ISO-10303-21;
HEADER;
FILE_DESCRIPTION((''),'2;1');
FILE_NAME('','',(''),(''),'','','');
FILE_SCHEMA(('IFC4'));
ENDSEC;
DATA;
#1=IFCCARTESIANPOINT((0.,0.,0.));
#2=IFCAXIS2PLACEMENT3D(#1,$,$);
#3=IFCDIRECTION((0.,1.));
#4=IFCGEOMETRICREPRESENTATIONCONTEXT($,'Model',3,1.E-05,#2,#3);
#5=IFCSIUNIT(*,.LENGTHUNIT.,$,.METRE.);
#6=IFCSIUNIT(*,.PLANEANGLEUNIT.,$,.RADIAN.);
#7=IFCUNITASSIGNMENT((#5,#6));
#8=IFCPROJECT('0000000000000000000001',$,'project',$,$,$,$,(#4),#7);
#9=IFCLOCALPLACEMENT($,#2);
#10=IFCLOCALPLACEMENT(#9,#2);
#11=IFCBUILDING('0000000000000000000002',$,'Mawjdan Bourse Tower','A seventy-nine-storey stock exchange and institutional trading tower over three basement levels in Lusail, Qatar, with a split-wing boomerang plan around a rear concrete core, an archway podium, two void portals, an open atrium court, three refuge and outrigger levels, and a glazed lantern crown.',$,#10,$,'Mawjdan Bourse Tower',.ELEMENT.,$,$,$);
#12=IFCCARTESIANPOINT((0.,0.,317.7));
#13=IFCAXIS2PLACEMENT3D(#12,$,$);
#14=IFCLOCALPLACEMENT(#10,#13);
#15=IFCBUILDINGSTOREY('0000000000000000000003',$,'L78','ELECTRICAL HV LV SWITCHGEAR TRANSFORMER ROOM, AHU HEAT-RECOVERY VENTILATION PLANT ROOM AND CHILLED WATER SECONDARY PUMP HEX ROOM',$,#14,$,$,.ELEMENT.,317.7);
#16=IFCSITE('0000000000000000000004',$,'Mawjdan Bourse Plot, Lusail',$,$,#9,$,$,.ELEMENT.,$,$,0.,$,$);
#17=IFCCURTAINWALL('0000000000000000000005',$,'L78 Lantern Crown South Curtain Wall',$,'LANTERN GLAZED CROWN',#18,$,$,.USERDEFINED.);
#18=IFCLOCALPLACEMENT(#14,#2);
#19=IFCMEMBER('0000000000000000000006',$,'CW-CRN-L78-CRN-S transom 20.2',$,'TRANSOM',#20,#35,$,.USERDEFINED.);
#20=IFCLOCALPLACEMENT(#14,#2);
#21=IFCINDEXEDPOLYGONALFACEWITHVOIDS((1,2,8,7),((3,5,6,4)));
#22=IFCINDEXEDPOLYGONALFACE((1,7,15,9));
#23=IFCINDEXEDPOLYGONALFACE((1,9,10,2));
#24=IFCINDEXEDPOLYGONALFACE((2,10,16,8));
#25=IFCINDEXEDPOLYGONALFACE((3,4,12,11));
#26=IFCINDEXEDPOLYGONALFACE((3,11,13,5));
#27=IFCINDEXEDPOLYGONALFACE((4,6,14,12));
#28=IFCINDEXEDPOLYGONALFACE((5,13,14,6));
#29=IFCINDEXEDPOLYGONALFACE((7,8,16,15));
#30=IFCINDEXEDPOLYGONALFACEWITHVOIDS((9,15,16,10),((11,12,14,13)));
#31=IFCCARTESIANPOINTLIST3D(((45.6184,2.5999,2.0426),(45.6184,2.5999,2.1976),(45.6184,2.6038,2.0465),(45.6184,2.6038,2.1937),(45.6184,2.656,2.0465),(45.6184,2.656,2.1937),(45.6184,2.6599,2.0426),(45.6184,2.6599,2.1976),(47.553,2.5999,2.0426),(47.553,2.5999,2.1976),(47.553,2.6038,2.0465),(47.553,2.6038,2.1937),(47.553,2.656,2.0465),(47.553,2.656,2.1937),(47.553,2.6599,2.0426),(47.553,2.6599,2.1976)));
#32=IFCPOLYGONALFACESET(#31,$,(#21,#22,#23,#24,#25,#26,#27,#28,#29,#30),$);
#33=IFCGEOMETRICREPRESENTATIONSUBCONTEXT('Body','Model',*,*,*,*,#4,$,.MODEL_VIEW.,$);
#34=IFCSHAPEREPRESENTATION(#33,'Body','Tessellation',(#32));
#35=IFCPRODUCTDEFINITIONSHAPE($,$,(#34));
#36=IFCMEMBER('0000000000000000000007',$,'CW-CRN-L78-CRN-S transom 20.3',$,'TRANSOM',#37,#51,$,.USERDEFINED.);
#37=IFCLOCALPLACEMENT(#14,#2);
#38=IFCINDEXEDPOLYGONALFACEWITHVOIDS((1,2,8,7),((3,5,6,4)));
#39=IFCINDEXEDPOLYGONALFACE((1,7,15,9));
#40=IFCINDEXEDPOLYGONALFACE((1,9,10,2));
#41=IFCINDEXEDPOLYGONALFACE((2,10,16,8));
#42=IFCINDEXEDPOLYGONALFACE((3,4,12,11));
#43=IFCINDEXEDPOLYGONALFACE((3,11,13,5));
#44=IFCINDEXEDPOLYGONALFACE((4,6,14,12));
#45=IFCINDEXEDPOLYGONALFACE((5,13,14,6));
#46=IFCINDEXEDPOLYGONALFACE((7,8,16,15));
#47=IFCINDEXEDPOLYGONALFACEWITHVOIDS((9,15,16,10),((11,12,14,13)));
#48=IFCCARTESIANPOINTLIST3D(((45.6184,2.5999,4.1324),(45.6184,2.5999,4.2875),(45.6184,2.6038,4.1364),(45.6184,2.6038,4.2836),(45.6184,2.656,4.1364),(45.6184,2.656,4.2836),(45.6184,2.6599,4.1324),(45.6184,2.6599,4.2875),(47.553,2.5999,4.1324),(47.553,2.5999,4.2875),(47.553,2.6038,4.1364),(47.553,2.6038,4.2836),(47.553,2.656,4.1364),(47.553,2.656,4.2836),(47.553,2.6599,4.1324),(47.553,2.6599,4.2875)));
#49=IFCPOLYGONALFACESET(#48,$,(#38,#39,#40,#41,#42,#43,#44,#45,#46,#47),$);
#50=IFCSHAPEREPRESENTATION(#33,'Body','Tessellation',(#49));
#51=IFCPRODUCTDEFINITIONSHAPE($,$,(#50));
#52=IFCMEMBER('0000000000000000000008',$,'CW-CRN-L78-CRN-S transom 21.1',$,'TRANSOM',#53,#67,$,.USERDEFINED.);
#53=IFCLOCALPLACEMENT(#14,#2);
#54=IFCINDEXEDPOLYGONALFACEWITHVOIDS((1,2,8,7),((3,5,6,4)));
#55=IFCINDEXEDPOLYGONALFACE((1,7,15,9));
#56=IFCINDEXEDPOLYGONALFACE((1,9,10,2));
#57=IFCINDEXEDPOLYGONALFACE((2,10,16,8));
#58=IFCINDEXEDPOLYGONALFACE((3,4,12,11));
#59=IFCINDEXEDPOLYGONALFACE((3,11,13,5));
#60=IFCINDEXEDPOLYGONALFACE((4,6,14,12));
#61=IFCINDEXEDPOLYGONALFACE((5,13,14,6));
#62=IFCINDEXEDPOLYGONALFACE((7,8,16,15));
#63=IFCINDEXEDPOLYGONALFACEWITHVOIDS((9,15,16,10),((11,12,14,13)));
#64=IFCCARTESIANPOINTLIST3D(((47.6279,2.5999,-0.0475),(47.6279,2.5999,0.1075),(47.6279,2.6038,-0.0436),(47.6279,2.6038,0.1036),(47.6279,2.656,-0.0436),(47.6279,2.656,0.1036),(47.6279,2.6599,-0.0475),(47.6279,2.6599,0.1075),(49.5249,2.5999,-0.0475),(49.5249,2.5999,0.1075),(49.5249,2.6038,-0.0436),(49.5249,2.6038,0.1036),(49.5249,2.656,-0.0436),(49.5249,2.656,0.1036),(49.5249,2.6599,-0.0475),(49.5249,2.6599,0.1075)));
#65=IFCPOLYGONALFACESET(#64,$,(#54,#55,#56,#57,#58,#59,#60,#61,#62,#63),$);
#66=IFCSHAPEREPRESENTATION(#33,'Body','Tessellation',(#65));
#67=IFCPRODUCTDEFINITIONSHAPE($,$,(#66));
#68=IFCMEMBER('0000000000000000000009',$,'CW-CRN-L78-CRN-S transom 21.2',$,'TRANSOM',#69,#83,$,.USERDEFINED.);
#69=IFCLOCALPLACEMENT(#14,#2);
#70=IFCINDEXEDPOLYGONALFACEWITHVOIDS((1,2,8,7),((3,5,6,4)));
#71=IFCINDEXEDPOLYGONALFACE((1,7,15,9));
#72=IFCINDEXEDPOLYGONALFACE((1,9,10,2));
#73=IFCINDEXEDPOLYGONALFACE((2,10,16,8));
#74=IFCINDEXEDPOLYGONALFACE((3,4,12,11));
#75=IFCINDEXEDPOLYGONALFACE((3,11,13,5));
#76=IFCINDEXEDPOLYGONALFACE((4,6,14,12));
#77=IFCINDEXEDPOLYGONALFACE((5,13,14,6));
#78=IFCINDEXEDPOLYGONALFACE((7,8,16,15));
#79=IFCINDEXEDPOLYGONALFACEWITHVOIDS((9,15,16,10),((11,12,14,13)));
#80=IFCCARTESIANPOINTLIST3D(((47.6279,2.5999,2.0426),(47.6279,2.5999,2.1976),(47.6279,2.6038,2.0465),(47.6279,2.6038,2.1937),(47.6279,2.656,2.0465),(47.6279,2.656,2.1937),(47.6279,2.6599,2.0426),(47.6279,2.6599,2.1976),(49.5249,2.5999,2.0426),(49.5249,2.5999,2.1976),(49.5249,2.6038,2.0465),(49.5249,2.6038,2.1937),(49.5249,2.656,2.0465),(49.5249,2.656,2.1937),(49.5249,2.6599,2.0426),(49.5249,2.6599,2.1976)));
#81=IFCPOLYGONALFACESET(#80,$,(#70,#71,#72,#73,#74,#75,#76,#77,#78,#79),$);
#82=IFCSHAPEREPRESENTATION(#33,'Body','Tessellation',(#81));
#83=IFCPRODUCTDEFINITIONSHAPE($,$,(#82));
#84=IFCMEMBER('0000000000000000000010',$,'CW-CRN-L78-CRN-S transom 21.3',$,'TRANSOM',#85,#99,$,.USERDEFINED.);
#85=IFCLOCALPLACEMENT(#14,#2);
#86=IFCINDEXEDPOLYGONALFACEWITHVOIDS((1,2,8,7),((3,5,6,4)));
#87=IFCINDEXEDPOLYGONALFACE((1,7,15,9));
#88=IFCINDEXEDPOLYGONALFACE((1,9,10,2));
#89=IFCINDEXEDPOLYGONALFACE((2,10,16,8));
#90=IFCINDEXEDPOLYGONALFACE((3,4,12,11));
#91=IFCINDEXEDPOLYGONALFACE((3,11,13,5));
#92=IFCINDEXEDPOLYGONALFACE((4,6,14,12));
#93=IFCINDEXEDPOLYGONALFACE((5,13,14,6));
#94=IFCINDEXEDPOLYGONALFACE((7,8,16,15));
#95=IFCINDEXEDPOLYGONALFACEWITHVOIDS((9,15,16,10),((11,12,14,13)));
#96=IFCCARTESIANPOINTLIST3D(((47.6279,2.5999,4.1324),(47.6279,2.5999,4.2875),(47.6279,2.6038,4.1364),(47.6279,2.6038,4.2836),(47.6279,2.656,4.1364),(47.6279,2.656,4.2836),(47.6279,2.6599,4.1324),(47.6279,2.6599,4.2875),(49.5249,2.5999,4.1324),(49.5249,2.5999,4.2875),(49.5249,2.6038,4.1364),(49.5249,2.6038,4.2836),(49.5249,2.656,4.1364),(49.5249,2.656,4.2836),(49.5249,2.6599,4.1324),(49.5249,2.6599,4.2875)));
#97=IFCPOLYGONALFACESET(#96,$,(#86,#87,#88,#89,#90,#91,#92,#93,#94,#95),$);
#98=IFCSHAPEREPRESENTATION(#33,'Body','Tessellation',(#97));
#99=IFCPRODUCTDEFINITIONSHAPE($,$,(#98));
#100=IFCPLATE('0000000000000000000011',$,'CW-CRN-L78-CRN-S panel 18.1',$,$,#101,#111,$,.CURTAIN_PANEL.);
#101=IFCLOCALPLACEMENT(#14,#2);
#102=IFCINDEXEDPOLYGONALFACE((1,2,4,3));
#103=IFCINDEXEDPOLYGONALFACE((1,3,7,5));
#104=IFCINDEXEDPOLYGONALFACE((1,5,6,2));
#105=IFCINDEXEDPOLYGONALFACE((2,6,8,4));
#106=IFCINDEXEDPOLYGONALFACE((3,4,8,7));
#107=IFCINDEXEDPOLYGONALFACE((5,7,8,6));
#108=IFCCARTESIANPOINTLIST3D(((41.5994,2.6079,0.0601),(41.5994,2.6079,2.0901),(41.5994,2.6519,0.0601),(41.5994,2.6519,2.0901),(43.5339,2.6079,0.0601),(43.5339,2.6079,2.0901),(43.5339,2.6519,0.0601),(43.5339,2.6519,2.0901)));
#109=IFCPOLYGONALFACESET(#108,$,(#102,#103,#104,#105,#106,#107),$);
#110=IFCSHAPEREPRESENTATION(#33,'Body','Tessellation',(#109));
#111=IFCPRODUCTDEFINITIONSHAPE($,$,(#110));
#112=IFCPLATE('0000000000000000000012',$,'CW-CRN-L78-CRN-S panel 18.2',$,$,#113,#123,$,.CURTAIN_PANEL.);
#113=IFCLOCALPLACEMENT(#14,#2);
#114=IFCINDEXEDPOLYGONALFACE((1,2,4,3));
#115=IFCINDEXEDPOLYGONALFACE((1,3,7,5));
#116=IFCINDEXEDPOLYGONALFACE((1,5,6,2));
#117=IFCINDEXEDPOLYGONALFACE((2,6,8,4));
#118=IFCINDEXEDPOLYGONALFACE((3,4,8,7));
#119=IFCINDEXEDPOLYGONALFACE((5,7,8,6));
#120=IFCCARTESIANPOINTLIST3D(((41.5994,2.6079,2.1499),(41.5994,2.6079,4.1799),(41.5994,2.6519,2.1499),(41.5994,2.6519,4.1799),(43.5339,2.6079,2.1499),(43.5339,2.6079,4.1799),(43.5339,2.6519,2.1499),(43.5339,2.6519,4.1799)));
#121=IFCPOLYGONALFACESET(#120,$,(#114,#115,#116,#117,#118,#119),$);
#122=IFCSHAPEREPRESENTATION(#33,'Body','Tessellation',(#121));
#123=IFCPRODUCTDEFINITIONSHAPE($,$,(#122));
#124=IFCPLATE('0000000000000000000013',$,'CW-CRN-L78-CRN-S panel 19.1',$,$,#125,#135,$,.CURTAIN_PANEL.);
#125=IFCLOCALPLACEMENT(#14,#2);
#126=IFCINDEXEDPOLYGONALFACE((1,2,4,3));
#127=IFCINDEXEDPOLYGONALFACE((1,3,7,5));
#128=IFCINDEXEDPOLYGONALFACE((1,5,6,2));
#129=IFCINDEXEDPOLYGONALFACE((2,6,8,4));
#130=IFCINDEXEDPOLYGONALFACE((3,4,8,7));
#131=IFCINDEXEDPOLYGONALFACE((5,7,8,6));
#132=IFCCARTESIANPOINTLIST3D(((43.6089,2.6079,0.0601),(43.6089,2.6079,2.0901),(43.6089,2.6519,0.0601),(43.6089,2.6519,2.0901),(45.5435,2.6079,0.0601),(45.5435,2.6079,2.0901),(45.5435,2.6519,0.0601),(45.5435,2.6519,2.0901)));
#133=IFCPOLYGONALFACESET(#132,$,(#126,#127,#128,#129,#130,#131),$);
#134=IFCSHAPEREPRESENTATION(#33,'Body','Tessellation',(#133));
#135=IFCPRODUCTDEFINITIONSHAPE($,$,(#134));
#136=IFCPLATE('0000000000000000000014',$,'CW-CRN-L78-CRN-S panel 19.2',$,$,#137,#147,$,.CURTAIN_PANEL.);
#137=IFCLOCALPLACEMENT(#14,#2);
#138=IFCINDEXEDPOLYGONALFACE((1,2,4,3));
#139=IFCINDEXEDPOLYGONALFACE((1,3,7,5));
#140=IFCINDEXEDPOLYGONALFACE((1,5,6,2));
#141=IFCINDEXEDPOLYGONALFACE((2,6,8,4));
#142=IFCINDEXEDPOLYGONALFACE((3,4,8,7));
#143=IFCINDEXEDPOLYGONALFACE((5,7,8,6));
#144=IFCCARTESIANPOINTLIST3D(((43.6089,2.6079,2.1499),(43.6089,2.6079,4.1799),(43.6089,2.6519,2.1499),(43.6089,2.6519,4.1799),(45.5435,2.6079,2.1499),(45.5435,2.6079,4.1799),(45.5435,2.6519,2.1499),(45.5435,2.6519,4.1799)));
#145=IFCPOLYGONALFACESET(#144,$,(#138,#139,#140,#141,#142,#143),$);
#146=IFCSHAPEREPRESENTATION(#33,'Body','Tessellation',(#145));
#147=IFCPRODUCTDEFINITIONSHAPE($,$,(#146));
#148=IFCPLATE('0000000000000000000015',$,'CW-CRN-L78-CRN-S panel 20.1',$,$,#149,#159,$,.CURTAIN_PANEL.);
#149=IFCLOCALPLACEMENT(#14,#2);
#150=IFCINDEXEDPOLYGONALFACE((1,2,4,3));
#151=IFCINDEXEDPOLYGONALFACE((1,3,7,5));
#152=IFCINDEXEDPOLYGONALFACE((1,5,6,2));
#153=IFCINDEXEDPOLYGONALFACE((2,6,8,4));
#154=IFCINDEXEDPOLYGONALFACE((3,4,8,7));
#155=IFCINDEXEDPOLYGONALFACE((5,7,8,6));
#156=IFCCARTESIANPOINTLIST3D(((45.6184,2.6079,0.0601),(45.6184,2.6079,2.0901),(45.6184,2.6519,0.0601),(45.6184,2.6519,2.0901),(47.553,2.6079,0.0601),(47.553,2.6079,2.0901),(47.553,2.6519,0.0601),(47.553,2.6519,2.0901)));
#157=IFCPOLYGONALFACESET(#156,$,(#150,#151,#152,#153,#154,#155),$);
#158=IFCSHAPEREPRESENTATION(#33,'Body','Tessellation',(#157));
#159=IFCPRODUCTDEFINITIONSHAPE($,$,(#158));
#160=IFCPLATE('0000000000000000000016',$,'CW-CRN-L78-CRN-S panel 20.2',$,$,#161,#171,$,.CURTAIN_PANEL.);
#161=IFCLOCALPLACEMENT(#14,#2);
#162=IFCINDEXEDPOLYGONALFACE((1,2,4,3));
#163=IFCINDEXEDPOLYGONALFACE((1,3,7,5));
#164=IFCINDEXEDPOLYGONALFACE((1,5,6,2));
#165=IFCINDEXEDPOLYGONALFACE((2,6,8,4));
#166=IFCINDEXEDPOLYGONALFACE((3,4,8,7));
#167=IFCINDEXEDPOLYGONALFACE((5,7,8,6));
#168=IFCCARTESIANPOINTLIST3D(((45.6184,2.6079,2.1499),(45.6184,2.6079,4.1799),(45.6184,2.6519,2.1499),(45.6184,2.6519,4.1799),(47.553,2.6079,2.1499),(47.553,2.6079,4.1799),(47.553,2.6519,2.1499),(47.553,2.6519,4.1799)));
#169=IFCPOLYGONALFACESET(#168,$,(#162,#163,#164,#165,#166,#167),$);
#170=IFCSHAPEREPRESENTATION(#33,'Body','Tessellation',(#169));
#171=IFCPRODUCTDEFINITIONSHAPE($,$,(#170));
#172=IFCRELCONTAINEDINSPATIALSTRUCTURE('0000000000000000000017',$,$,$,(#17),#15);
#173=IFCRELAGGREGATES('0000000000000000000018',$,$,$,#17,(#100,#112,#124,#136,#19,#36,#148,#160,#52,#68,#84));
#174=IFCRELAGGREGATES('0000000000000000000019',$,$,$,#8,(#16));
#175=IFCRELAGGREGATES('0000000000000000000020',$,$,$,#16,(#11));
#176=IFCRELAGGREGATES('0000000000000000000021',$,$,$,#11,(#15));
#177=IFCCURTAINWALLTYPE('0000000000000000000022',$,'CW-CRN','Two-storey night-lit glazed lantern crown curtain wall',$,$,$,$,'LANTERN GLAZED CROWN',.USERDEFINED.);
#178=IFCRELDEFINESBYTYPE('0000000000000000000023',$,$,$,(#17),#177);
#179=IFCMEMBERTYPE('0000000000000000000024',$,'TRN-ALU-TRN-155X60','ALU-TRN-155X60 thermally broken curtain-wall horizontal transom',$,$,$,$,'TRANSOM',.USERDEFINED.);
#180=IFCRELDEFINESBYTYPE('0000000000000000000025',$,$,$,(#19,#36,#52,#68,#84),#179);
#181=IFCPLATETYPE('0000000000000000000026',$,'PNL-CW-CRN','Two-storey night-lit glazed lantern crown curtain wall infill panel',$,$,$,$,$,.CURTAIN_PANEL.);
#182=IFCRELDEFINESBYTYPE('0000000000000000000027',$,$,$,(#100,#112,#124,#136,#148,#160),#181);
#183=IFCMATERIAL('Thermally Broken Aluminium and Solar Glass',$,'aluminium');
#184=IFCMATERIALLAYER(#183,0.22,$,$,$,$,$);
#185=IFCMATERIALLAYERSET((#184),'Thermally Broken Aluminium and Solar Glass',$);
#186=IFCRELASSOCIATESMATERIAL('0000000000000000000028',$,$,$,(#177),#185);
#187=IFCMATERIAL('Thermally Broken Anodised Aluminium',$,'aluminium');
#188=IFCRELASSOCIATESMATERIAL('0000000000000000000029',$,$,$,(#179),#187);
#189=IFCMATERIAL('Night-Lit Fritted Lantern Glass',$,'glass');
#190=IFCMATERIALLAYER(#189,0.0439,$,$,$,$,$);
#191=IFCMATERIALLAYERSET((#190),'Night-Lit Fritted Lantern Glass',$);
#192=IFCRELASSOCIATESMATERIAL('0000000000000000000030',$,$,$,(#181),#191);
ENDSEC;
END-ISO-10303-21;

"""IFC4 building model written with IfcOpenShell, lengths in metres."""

from ifc_helpers import new_model, si_unit, direction, frame, origin, origin_2d, place, context, subcontext, project, spatial, rectangle, hollow_rectangle, extrude, material, layer, layer_set, material_profile, profile_set, type_object, element, aggregate, save


model = new_model("IFC4")

# Units and contexts
model_context = context("Model", 3, precision=1e-05, world=origin(), true_north=direction((0.0, 1.0)))
body_context = subcontext(model_context, "Body", "Model", "MODEL_VIEW")
ifc_project = project(units=[si_unit("LENGTHUNIT", "METRE"), si_unit("PLANEANGLEUNIT", "RADIAN")], contexts=[model_context])

# Site, building, storey
site_placement = place(None, origin())
site = spatial("IfcSite", under=ifc_project, at=site_placement, Name="Mawjdan Bourse Plot, Lusail", CompositionType="ELEMENT", RefElevation=0.0)
building_placement = place(site_placement, origin())
building = spatial("IfcBuilding", under=site, at=building_placement, Name="Mawjdan Bourse Tower", Description="A seventy-nine-storey stock exchange and institutional trading tower over three basement levels in Lusail, Qatar, with a split-wing boomerang plan around a rear concrete core, an archway podium, two void portals, an open atrium court, three refuge and outrigger levels, and a glazed lantern crown.", LongName="Mawjdan Bourse Tower", CompositionType="ELEMENT")
storey_placement = place(building_placement, frame((0.0, 0.0, 317.7)))
storey = spatial("IfcBuildingStorey", under=building, at=storey_placement, Name="L78", Description="ELECTRICAL HV LV SWITCHGEAR TRANSFORMER ROOM, AHU HEAT-RECOVERY VENTILATION PLANT ROOM AND CHILLED WATER SECONDARY PUMP HEX ROOM", CompositionType="ELEMENT", Elevation=317.7)

# Curtain wall
ifc_material_1 = material(Name="Thermally Broken Aluminium and Solar Glass", Category="aluminium")
ifc_layer_1 = layer(ifc_material_1, 0.22)
ifc_layer_set_1 = layer_set([ifc_layer_1], Name="Thermally Broken Aluminium and Solar Glass")
curtain_wall_type = type_object("IfcCurtainWallType", Name="CW-CRN", Description="Two-storey night-lit glazed lantern crown curtain wall", ElementType="LANTERN GLAZED CROWN", PredefinedType="USERDEFINED", material=ifc_layer_set_1)
curtain_wall_placement = place(storey_placement, origin())
curtain_wall = element("IfcCurtainWall", 1, at=curtain_wall_placement, inside=storey, type_object=curtain_wall_type, Name="L78 Lantern Crown South Curtain Wall", ObjectType="LANTERN GLAZED CROWN", PredefinedType="USERDEFINED")
ifc_material_2 = material(Name="Thermally Broken Anodised Aluminium", Category="aluminium")

# Members
ifc_material_profile_1 = material_profile(ifc_material_2, hollow_rectangle(XDim=0.0601, YDim=0.155, WallThickness=0.0039, at=origin_2d()), Name="ALU-TRN-155X60")
ifc_profile_set_1 = profile_set([ifc_material_profile_1], Name="Thermally Broken Anodised Aluminium")
member_type_1 = type_object("IfcMemberType", Name="TRN-ALU-TRN-155X60", Description="ALU-TRN-155X60 thermally broken curtain-wall horizontal transom", ElementType="TRANSOM", PredefinedType="USERDEFINED", material=ifc_profile_set_1)
member_1_placement = place(storey_placement, frame((45.6184, 2.6299, 2.1201), z_axis=(1.0, 0.0, 0.0), x_axis=(0.0, 1.0, 0.0)))
member_1 = element("IfcMember", 2, at=member_1_placement, type_object=member_type_1, Name="CW-CRN-L78-CRN-S transom 20.2", ObjectType="TRANSOM", PredefinedType="USERDEFINED", context=body_context, shape_type="SweptSolid", body=[
    extrude(hollow_rectangle(XDim=0.0601, YDim=0.155, WallThickness=0.0039, at=origin_2d()), origin(), (0.0, 0.0, 1.0), 1.9346),
])
member_2_placement = place(storey_placement, frame((45.6184, 2.6299, 4.21), z_axis=(1.0, 0.0, 0.0), x_axis=(0.0, 1.0, 0.0)))
member_2 = element("IfcMember", 3, at=member_2_placement, type_object=member_type_1, Name="CW-CRN-L78-CRN-S transom 20.3", ObjectType="TRANSOM", PredefinedType="USERDEFINED", context=body_context, shape_type="SweptSolid", body=[
    extrude(hollow_rectangle(XDim=0.0601, YDim=0.155, WallThickness=0.0039, at=origin_2d()), origin(), (0.0, 0.0, 1.0), 1.9346),
])
member_3_placement = place(storey_placement, frame((47.6279, 2.6299, 0.03), z_axis=(1.0, 0.0, 0.0), x_axis=(0.0, 1.0, 0.0)))
member_3 = element("IfcMember", 4, at=member_3_placement, type_object=member_type_1, Name="CW-CRN-L78-CRN-S transom 21.1", ObjectType="TRANSOM", PredefinedType="USERDEFINED", context=body_context, shape_type="SweptSolid", body=[
    extrude(hollow_rectangle(XDim=0.0601, YDim=0.155, WallThickness=0.0039, at=origin_2d()), origin(), (0.0, 0.0, 1.0), 1.897),
])
member_4_placement = place(storey_placement, frame((47.6279, 2.6299, 2.1201), z_axis=(1.0, 0.0, 0.0), x_axis=(0.0, 1.0, 0.0)))
member_4 = element("IfcMember", 5, at=member_4_placement, type_object=member_type_1, Name="CW-CRN-L78-CRN-S transom 21.2", ObjectType="TRANSOM", PredefinedType="USERDEFINED", context=body_context, shape_type="SweptSolid", body=[
    extrude(hollow_rectangle(XDim=0.0601, YDim=0.155, WallThickness=0.0039, at=origin_2d()), origin(), (0.0, 0.0, 1.0), 1.897),
])
member_5_placement = place(storey_placement, frame((47.6279, 2.6299, 4.21), z_axis=(1.0, 0.0, 0.0), x_axis=(0.0, 1.0, 0.0)))
member_5 = element("IfcMember", 6, at=member_5_placement, type_object=member_type_1, Name="CW-CRN-L78-CRN-S transom 21.3", ObjectType="TRANSOM", PredefinedType="USERDEFINED", context=body_context, shape_type="SweptSolid", body=[
    extrude(hollow_rectangle(XDim=0.0601, YDim=0.155, WallThickness=0.0039, at=origin_2d()), origin(), (0.0, 0.0, 1.0), 1.897),
])

# Plates
ifc_material_3 = material(Name="Night-Lit Fritted Lantern Glass", Category="glass")
ifc_layer_2 = layer(ifc_material_3, 0.0439)
ifc_layer_set_2 = layer_set([ifc_layer_2], Name="Night-Lit Fritted Lantern Glass")
plate_type = type_object("IfcPlateType", Name="PNL-CW-CRN", Description="Two-storey night-lit glazed lantern crown curtain wall infill panel", PredefinedType="CURTAIN_PANEL", material=ifc_layer_set_2)
plate_1_placement = place(storey_placement, frame((42.5667, 2.6299, 0.0601), z_axis=(0.0, 0.0, 1.0), x_axis=(1.0, 0.0, 0.0)))
plate_1 = element("IfcPlate", 7, at=plate_1_placement, type_object=plate_type, Name="CW-CRN-L78-CRN-S panel 18.1", PredefinedType="CURTAIN_PANEL", context=body_context, shape_type="SweptSolid", body=[
    extrude(rectangle(XDim=1.9346, YDim=0.0439, at=origin_2d()), origin(), (0.0, 0.0, 1.0), 2.03),
])
plate_2_placement = place(storey_placement, frame((42.5667, 2.6299, 2.1499), z_axis=(0.0, 0.0, 1.0), x_axis=(1.0, 0.0, 0.0)))
plate_2 = element("IfcPlate", 8, at=plate_2_placement, type_object=plate_type, Name="CW-CRN-L78-CRN-S panel 18.2", PredefinedType="CURTAIN_PANEL", context=body_context, shape_type="SweptSolid", body=[
    extrude(rectangle(XDim=1.9346, YDim=0.0439, at=origin_2d()), origin(), (0.0, 0.0, 1.0), 2.03),
])
plate_3_placement = place(storey_placement, frame((44.5762, 2.6299, 0.0601), z_axis=(0.0, 0.0, 1.0), x_axis=(1.0, 0.0, 0.0)))
plate_3 = element("IfcPlate", 9, at=plate_3_placement, type_object=plate_type, Name="CW-CRN-L78-CRN-S panel 19.1", PredefinedType="CURTAIN_PANEL", context=body_context, shape_type="SweptSolid", body=[
    extrude(rectangle(XDim=1.9346, YDim=0.0439, at=origin_2d()), origin(), (0.0, 0.0, 1.0), 2.03),
])
plate_4_placement = place(storey_placement, frame((44.5762, 2.6299, 2.1499), z_axis=(0.0, 0.0, 1.0), x_axis=(1.0, 0.0, 0.0)))
plate_4 = element("IfcPlate", 10, at=plate_4_placement, type_object=plate_type, Name="CW-CRN-L78-CRN-S panel 19.2", PredefinedType="CURTAIN_PANEL", context=body_context, shape_type="SweptSolid", body=[
    extrude(rectangle(XDim=1.9346, YDim=0.0439, at=origin_2d()), origin(), (0.0, 0.0, 1.0), 2.03),
])
plate_5_placement = place(storey_placement, frame((46.5857, 2.6299, 0.0601), z_axis=(0.0, 0.0, 1.0), x_axis=(1.0, 0.0, 0.0)))
plate_5 = element("IfcPlate", 11, at=plate_5_placement, type_object=plate_type, Name="CW-CRN-L78-CRN-S panel 20.1", PredefinedType="CURTAIN_PANEL", context=body_context, shape_type="SweptSolid", body=[
    extrude(rectangle(XDim=1.9346, YDim=0.0439, at=origin_2d()), origin(), (0.0, 0.0, 1.0), 2.03),
])
plate_6_placement = place(storey_placement, frame((46.5857, 2.6299, 2.1499), z_axis=(0.0, 0.0, 1.0), x_axis=(1.0, 0.0, 0.0)))
plate_6 = element("IfcPlate", 12, at=plate_6_placement, type_object=plate_type, Name="CW-CRN-L78-CRN-S panel 20.2", PredefinedType="CURTAIN_PANEL", context=body_context, shape_type="SweptSolid", body=[
    extrude(rectangle(XDim=1.9346, YDim=0.0439, at=origin_2d()), origin(), (0.0, 0.0, 1.0), 2.03),
])
aggregate(curtain_wall, [plate_1, plate_2, plate_3, plate_4, member_1, member_2, plate_5, plate_6, member_3, member_4, member_5])

save(model, "model.ifc")
